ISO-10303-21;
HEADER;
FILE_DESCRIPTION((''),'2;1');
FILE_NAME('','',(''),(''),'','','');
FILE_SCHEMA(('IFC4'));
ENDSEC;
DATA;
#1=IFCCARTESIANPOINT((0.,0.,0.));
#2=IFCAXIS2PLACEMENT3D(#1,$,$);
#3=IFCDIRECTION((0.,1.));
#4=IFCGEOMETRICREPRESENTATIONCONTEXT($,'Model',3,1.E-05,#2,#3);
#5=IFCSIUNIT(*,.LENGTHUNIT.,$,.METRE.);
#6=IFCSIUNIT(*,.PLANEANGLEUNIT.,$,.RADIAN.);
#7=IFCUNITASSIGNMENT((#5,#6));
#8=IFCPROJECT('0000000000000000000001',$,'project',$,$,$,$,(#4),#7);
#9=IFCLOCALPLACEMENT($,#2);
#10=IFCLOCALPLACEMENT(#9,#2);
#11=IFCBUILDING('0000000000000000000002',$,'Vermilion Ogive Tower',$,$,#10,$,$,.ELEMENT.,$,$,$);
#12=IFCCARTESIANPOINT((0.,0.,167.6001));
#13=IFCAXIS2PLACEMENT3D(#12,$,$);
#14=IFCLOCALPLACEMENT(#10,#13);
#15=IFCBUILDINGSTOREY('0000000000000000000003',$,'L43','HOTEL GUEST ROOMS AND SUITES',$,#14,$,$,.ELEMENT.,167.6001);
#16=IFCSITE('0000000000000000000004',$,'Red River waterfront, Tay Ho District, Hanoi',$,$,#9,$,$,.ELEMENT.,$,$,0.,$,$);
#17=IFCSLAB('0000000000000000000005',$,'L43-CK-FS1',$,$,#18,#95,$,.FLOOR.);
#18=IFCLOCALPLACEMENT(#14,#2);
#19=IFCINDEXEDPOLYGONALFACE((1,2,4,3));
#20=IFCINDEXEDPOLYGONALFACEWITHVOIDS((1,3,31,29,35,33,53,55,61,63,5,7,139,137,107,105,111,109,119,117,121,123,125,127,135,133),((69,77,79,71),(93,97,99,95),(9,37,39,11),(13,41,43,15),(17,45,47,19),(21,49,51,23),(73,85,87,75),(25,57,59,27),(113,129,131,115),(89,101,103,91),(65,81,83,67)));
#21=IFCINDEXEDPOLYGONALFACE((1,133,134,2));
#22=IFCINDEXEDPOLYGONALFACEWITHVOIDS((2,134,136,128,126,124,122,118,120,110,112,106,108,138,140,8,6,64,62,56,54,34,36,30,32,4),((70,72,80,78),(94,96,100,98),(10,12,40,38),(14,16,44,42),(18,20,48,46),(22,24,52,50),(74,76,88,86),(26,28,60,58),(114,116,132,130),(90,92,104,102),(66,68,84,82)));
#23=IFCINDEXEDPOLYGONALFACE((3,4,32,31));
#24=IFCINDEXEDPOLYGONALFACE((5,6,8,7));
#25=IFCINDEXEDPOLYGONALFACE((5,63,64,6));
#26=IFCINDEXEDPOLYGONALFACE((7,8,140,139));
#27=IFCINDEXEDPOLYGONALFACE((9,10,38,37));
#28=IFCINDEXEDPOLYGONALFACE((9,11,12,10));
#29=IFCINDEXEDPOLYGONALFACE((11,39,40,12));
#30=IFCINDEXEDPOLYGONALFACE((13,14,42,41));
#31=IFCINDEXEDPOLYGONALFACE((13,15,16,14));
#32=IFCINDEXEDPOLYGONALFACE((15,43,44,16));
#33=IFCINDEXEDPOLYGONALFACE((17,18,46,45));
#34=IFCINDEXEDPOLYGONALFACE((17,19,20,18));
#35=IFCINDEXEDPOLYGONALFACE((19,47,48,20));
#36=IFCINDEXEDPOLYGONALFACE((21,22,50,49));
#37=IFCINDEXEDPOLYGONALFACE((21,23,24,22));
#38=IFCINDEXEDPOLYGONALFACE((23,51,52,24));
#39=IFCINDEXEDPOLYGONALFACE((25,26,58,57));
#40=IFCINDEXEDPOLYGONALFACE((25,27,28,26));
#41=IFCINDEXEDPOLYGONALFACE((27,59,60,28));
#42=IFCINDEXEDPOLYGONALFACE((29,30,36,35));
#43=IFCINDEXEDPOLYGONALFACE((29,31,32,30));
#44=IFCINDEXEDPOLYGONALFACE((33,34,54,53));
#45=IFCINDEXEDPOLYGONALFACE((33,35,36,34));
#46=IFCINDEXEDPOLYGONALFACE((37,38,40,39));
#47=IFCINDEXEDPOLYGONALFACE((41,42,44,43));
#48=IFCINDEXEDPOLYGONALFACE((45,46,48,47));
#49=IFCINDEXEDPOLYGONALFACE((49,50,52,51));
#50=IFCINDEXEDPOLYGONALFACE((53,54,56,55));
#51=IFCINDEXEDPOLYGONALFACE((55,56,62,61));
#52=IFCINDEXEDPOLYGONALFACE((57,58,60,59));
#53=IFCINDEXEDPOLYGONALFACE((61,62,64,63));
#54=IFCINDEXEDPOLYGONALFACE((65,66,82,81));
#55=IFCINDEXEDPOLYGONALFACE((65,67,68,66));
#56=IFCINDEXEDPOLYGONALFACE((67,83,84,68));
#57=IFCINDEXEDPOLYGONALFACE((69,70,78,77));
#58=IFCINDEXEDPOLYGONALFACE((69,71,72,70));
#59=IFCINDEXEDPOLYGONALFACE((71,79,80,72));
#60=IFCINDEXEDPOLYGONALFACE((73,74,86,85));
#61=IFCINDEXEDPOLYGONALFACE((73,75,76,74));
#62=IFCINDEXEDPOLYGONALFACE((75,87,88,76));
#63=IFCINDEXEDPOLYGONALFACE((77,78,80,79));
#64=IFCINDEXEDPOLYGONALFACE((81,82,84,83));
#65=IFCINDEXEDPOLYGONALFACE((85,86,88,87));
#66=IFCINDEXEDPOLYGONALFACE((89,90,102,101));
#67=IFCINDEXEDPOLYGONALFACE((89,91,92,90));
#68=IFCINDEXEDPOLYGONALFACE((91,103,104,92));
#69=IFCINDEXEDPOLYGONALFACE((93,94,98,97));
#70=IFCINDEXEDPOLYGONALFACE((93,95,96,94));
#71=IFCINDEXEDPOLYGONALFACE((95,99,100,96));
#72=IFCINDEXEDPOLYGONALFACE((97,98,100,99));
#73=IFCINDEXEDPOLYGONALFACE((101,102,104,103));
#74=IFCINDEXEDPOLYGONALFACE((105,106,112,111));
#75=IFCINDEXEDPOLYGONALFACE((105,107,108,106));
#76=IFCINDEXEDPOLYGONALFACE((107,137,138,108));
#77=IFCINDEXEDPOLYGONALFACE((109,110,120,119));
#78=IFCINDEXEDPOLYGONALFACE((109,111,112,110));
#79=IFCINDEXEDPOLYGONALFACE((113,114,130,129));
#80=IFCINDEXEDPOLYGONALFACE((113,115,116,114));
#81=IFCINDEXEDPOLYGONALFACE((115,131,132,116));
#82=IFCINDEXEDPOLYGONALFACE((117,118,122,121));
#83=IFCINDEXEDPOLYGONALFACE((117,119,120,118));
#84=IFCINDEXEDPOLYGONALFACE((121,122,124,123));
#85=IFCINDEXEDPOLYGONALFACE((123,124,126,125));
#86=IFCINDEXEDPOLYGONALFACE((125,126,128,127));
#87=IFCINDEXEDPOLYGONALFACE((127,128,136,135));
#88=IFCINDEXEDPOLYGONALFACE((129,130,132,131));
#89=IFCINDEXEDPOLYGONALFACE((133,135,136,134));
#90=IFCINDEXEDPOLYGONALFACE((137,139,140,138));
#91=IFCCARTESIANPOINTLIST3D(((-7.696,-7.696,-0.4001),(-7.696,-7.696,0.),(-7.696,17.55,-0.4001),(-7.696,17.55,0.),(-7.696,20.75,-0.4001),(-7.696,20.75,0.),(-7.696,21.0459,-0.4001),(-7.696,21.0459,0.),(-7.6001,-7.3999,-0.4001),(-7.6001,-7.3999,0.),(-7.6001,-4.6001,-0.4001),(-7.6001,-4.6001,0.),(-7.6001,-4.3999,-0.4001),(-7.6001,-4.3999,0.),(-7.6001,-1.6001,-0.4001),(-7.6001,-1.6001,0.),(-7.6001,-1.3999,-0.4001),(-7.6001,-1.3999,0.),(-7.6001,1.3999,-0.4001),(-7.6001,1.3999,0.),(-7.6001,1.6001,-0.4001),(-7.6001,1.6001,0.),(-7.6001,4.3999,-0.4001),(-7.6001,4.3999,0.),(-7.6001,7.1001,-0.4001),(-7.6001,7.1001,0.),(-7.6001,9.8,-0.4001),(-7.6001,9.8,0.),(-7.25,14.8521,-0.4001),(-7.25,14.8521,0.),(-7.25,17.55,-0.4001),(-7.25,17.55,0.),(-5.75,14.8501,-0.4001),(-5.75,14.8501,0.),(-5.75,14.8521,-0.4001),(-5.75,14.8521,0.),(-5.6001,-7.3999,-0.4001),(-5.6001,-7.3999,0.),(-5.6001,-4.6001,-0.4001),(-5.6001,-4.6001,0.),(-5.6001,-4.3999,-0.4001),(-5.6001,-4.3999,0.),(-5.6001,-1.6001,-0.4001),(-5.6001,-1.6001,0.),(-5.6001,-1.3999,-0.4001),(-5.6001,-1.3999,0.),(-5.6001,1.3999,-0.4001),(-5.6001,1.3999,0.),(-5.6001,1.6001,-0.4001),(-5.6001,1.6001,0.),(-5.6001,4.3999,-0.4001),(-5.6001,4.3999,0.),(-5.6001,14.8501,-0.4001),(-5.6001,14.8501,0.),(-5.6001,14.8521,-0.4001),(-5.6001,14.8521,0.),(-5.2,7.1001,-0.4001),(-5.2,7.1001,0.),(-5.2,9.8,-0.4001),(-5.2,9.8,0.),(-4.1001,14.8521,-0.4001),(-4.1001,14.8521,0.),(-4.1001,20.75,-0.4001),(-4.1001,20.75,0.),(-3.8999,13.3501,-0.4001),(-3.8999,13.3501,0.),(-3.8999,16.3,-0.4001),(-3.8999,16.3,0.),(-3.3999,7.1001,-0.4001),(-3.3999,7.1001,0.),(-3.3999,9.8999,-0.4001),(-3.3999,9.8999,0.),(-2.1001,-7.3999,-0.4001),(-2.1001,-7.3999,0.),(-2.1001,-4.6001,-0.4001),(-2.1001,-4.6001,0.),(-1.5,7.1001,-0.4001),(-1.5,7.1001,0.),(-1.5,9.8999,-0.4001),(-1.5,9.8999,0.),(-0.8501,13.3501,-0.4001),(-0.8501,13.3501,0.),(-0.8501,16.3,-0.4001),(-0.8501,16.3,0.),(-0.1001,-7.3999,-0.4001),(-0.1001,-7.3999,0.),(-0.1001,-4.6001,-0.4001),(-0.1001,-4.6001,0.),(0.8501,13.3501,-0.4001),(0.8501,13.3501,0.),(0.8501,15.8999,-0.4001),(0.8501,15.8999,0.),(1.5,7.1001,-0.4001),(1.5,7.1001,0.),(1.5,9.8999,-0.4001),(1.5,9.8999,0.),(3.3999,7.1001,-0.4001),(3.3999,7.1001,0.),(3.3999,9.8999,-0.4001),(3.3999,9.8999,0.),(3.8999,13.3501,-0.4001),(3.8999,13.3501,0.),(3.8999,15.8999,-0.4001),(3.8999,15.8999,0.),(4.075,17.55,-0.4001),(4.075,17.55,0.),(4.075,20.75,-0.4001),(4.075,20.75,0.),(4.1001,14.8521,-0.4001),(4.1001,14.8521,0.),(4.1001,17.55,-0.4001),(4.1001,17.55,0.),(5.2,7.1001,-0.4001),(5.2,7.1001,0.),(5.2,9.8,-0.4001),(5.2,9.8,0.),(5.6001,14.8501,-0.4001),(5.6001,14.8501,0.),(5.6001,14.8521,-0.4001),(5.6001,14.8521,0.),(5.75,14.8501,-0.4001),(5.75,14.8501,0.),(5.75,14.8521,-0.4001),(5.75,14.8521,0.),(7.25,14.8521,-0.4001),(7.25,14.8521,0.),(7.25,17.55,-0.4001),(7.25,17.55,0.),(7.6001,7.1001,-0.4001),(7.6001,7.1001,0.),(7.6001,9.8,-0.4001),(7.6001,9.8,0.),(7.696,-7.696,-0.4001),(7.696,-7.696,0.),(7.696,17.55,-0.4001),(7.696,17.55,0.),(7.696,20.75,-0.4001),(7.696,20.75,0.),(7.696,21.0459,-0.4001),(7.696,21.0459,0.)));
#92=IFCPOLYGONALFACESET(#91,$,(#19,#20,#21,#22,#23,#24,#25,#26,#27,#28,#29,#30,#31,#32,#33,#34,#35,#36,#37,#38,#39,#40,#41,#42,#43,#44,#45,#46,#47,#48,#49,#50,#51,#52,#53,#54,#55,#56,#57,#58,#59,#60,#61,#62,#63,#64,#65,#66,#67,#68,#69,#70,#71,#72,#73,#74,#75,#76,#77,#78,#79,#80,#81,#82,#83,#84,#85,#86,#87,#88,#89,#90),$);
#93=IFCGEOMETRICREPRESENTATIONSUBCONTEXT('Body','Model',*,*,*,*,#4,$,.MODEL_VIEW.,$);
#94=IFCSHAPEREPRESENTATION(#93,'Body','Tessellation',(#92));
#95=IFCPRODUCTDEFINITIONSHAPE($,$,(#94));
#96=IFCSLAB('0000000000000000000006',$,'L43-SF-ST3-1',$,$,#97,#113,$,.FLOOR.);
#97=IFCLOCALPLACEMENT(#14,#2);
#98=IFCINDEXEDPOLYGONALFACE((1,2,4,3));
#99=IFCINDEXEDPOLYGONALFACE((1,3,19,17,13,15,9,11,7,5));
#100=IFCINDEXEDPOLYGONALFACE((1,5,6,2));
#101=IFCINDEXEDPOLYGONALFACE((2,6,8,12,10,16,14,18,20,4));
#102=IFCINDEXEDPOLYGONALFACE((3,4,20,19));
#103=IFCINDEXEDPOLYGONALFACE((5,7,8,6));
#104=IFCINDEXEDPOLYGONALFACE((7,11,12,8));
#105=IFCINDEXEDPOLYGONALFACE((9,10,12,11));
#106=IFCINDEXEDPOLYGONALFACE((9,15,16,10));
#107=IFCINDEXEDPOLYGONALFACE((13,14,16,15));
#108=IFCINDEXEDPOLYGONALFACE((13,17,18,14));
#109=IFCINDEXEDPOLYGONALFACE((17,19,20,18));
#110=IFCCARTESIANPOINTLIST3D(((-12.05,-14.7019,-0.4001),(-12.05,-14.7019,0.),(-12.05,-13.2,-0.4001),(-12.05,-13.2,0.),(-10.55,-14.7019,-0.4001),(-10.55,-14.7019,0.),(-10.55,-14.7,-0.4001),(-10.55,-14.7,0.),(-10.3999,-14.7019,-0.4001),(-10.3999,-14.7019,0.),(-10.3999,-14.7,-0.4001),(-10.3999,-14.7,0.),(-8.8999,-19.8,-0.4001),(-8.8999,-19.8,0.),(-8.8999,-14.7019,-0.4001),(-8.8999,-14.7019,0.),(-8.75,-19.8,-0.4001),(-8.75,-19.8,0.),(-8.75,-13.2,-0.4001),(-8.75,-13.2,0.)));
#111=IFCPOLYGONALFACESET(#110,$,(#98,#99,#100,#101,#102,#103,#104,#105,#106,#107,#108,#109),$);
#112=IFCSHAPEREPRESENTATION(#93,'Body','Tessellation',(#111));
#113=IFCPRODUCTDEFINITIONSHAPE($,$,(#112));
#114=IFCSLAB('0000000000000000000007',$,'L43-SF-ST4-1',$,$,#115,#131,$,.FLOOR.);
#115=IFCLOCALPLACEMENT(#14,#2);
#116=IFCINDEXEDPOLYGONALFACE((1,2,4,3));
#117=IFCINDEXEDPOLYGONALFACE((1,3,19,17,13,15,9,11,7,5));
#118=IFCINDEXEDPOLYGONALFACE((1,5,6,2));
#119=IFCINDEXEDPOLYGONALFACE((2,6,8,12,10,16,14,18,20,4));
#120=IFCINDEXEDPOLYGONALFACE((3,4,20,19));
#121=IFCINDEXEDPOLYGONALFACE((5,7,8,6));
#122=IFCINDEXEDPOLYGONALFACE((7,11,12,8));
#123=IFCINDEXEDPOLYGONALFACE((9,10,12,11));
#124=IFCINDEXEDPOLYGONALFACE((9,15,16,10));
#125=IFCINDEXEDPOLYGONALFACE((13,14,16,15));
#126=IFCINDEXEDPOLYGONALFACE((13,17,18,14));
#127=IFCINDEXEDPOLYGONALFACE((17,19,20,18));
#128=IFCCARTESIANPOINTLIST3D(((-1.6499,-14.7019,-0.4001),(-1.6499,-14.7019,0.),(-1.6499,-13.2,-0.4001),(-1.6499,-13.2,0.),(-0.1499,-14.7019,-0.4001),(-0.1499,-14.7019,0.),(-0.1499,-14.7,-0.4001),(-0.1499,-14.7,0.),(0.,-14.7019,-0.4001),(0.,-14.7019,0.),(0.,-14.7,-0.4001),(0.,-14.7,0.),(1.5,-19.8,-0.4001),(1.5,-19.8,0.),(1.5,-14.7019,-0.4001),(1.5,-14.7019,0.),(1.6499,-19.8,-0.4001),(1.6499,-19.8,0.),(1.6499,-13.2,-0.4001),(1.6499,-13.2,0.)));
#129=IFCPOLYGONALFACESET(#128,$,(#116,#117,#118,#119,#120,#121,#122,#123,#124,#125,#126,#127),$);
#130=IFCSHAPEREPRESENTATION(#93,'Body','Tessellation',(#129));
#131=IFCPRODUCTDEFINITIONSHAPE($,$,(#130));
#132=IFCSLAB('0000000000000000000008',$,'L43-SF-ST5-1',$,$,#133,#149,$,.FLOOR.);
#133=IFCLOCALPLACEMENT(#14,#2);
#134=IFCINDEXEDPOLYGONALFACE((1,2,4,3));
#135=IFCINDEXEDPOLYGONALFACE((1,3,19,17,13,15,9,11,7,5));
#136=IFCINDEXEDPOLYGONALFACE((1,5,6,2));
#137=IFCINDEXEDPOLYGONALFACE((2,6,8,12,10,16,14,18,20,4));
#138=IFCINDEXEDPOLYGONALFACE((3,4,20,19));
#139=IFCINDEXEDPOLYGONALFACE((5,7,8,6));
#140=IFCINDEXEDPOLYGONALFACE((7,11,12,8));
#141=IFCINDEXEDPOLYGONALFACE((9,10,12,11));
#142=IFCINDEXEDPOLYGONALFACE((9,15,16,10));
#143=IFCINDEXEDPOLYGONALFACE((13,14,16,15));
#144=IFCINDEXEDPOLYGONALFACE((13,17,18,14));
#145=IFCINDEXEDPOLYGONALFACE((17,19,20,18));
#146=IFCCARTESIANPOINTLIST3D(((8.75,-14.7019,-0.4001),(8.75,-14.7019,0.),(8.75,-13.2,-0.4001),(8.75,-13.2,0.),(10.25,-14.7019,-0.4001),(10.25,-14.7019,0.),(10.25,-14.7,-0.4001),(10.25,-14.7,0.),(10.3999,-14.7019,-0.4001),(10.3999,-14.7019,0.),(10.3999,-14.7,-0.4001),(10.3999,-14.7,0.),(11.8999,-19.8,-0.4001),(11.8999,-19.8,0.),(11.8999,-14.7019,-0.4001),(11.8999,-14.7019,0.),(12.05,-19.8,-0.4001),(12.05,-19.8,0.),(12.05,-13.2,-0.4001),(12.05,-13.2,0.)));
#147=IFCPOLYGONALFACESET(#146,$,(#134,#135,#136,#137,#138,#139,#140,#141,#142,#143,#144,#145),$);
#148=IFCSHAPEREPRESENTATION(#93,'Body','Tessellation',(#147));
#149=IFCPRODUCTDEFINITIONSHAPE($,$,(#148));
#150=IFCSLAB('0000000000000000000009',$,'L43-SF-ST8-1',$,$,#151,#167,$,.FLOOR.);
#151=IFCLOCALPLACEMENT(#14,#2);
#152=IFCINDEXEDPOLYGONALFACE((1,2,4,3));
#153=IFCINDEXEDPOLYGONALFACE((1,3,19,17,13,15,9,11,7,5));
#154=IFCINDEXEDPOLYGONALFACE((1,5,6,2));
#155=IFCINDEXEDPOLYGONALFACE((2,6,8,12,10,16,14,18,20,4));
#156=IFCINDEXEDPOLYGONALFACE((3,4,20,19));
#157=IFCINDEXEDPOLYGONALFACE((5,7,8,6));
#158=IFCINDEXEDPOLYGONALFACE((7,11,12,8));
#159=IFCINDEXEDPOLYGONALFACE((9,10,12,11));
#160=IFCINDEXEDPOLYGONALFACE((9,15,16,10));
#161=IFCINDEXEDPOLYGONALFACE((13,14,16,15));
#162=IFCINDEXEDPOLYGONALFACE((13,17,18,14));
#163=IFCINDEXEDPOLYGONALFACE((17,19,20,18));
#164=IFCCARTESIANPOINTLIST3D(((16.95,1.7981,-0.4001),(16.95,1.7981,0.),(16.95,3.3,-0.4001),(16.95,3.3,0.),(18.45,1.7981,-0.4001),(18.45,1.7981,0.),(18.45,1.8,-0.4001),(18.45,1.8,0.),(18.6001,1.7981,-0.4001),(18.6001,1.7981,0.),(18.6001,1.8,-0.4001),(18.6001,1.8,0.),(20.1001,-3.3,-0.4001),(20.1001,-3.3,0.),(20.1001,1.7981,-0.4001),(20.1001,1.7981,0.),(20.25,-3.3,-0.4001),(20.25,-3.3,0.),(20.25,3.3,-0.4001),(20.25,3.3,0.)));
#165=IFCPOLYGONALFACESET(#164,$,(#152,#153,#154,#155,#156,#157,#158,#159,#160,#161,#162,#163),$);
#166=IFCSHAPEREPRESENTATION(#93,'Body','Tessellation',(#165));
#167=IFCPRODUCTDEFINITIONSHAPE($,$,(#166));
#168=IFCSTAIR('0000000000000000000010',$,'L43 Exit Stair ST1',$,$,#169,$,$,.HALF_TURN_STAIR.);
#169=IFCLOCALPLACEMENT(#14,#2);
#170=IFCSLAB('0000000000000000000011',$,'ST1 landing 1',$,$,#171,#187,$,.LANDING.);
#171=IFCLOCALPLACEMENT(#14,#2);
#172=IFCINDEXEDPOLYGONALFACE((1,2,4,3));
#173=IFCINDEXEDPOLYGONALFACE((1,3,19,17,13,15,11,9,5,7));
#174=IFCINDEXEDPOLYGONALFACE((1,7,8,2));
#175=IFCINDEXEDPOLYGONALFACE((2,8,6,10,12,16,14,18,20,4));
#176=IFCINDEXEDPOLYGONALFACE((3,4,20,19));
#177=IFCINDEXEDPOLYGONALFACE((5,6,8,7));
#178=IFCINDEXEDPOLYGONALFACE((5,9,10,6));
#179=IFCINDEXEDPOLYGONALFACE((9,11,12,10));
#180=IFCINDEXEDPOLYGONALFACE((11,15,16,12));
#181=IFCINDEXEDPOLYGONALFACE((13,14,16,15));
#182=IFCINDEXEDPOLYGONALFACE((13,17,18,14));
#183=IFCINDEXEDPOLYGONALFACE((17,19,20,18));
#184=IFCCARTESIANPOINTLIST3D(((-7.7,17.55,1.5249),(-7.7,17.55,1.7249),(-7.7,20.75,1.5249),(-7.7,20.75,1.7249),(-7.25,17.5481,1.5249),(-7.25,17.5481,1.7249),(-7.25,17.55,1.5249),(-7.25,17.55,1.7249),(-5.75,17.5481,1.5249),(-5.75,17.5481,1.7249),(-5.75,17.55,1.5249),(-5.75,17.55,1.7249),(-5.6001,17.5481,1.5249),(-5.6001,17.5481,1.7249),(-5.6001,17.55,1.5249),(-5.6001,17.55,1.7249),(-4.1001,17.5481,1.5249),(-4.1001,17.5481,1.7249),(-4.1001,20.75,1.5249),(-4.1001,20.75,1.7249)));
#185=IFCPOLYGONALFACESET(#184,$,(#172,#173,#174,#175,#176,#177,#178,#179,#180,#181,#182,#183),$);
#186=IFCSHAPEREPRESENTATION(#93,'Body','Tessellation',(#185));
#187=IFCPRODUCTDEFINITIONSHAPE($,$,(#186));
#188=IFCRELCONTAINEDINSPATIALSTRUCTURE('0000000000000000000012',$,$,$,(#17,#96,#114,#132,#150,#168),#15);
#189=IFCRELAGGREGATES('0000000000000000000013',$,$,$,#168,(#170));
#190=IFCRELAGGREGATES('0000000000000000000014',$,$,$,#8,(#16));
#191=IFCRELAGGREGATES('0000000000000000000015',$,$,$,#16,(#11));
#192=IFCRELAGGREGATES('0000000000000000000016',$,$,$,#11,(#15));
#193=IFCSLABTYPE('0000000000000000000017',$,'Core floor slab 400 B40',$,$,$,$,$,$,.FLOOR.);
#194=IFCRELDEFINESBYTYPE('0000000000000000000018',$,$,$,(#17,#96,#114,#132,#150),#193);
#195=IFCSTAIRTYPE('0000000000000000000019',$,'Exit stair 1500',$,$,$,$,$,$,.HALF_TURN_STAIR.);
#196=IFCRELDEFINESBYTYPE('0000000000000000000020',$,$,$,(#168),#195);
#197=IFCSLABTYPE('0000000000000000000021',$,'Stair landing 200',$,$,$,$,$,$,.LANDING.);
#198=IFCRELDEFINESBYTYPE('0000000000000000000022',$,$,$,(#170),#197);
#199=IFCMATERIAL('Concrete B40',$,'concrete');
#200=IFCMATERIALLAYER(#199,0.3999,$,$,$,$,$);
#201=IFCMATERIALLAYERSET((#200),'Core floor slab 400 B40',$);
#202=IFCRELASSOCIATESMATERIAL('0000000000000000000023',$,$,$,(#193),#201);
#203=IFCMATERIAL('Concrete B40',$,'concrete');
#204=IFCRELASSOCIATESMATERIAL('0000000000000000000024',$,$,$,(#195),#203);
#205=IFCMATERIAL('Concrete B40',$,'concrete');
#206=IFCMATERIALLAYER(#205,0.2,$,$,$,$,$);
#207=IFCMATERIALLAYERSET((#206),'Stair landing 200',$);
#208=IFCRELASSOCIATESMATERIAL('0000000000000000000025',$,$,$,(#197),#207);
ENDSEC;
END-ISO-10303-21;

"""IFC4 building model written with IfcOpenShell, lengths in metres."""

from ifc_helpers import new_model, si_unit, direction, frame, origin, place, context, subcontext, project, spatial, polyline, outline, extrude, material, layer, layer_set, type_object, element, aggregate, save


model = new_model("IFC4")

# Units and contexts
model_context = context("Model", 3, precision=1e-05, world=origin(), true_north=direction((0.0, 1.0)))
body_context = subcontext(model_context, "Body", "Model", "MODEL_VIEW")
ifc_project = project(units=[si_unit("LENGTHUNIT", "METRE"), si_unit("PLANEANGLEUNIT", "RADIAN")], contexts=[model_context])

# Site, building, storey
site_placement = place(None, origin())
site = spatial("IfcSite", under=ifc_project, at=site_placement, Name="Red River waterfront, Tay Ho District, Hanoi", CompositionType="ELEMENT", RefElevation=0.0)
building_placement = place(site_placement, origin())
building = spatial("IfcBuilding", under=site, at=building_placement, Name="Vermilion Ogive Tower", CompositionType="ELEMENT")
storey_placement = place(building_placement, frame((0.0, 0.0, 167.6001)))
storey = spatial("IfcBuildingStorey", under=building, at=storey_placement, Name="L43", Description="HOTEL GUEST ROOMS AND SUITES", CompositionType="ELEMENT", Elevation=167.6001)

# Slabs
ifc_material_1 = material(Name="Concrete B40", Category="concrete")
ifc_layer_1 = layer(ifc_material_1, 0.3999)
ifc_layer_set_1 = layer_set([ifc_layer_1], Name="Core floor slab 400 B40")
slab_type_1 = type_object("IfcSlabType", Name="Core floor slab 400 B40", PredefinedType="FLOOR", material=ifc_layer_set_1)
slab_1_placement = place(storey_placement, frame((0.0, 0.0, -0.4001)))
element("IfcSlab", 1, at=slab_1_placement, inside=storey, type_object=slab_type_1, Name="L43-CK-FS1", PredefinedType="FLOOR", context=body_context, shape_type="SweptSolid", body=[
    extrude(outline(polyline([(5.75, 14.8501), (5.6001, 14.8501), (5.6001, 14.8521), (4.1001, 14.8521), (4.1001, 17.55), (4.075, 17.55), (4.075, 20.75), (7.696, 20.75), (7.696, 21.0459), (-7.696, 21.0459), (-7.696, 20.75), (-4.1001, 20.75), (-4.1001, 14.8521), (-5.6001, 14.8521), (-5.6001, 14.8501), (-5.75, 14.8501), (-5.75, 14.8521), (-7.25, 14.8521), (-7.25, 17.55), (-7.696, 17.55), (-7.696, -7.696), (7.696, -7.696), (7.696, 17.55), (7.25, 17.55), (7.25, 14.8521), (5.75, 14.8521), (5.75, 14.8501)]), holes=[polyline([(-7.6001, -7.3999), (-7.6001, -4.6001), (-5.6001, -4.6001), (-5.6001, -7.3999), (-7.6001, -7.3999)]), polyline([(-7.6001, -4.3999), (-7.6001, -1.6001), (-5.6001, -1.6001), (-5.6001, -4.3999), (-7.6001, -4.3999)]), polyline([(-7.6001, -1.3999), (-7.6001, 1.3999), (-5.6001, 1.3999), (-5.6001, -1.3999), (-7.6001, -1.3999)]), polyline([(-7.6001, 1.6001), (-7.6001, 4.3999), (-5.6001, 4.3999), (-5.6001, 1.6001), (-7.6001, 1.6001)]), polyline([(-7.6001, 7.1001), (-7.6001, 9.8), (-5.2, 9.8), (-5.2, 7.1001), (-7.6001, 7.1001)]), polyline([(-3.3999, 9.8999), (-1.5, 9.8999), (-1.5, 7.1001), (-3.3999, 7.1001), (-3.3999, 9.8999)]), polyline([(-2.1001, -7.3999), (-2.1001, -4.6001), (-0.1001, -4.6001), (-0.1001, -7.3999), (-2.1001, -7.3999)]), polyline([(5.2, 7.1001), (5.2, 9.8), (7.6001, 9.8), (7.6001, 7.1001), (5.2, 7.1001)]), polyline([(1.5, 7.1001), (1.5, 9.8999), (3.3999, 9.8999), (3.3999, 7.1001), (1.5, 7.1001)]), polyline([(0.8501, 13.3501), (0.8501, 15.8999), (3.8999, 15.8999), (3.8999, 13.3501), (0.8501, 13.3501)]), polyline([(-3.8999, 16.3), (-0.8501, 16.3), (-0.8501, 13.3501), (-3.8999, 13.3501), (-3.8999, 16.3)])]), origin(), (0.0, 0.0, 1.0), 0.4001),
])
slab_2_placement = place(storey_placement, frame((0.0, 0.0, -0.4001)))
element("IfcSlab", 2, at=slab_2_placement, inside=storey, type_object=slab_type_1, Name="L43-SF-ST3-1", PredefinedType="FLOOR", context=body_context, shape_type="SweptSolid", body=[
    extrude(outline(polyline([(-12.05, -13.2), (-12.05, -14.7019), (-10.55, -14.7019), (-10.55, -14.7), (-10.3999, -14.7), (-10.3999, -14.7019), (-8.8999, -14.7019), (-8.8999, -19.8), (-8.75, -19.8), (-8.75, -13.2), (-12.05, -13.2)])), origin(), (0.0, 0.0, 1.0), 0.4001),
])
slab_3_placement = place(storey_placement, frame((0.0, 0.0, -0.4001)))
element("IfcSlab", 3, at=slab_3_placement, inside=storey, type_object=slab_type_1, Name="L43-SF-ST4-1", PredefinedType="FLOOR", context=body_context, shape_type="SweptSolid", body=[
    extrude(outline(polyline([(-1.6499, -13.2), (-1.6499, -14.7019), (-0.1499, -14.7019), (-0.1499, -14.7), (0.0, -14.7), (0.0, -14.7019), (1.5, -14.7019), (1.5, -19.8), (1.6499, -19.8), (1.6499, -13.2), (-1.6499, -13.2)])), origin(), (0.0, 0.0, 1.0), 0.4001),
])
slab_4_placement = place(storey_placement, frame((0.0, 0.0, -0.4001)))
element("IfcSlab", 4, at=slab_4_placement, inside=storey, type_object=slab_type_1, Name="L43-SF-ST5-1", PredefinedType="FLOOR", context=body_context, shape_type="SweptSolid", body=[
    extrude(outline(polyline([(8.75, -13.2), (8.75, -14.7019), (10.25, -14.7019), (10.25, -14.7), (10.3999, -14.7), (10.3999, -14.7019), (11.8999, -14.7019), (11.8999, -19.8), (12.05, -19.8), (12.05, -13.2), (8.75, -13.2)])), origin(), (0.0, 0.0, 1.0), 0.4001),
])
slab_5_placement = place(storey_placement, frame((0.0, 0.0, -0.4001)))
element("IfcSlab", 5, at=slab_5_placement, inside=storey, type_object=slab_type_1, Name="L43-SF-ST8-1", PredefinedType="FLOOR", context=body_context, shape_type="SweptSolid", body=[
    extrude(outline(polyline([(16.95, 3.3), (16.95, 1.7981), (18.45, 1.7981), (18.45, 1.8), (18.6001, 1.8), (18.6001, 1.7981), (20.1001, 1.7981), (20.1001, -3.3), (20.25, -3.3), (20.25, 3.3), (16.95, 3.3)])), origin(), (0.0, 0.0, 1.0), 0.4001),
])

# Stair, slab
ifc_material_2 = material(Name="Concrete B40", Category="concrete")
stair_type = type_object("IfcStairType", Name="Exit stair 1500", PredefinedType="HALF_TURN_STAIR", material=ifc_material_2)
stair_1_placement = place(storey_placement, origin())
stair_1 = element("IfcStair", 6, at=stair_1_placement, inside=storey, type_object=stair_type, Name="L43 Exit Stair ST1", PredefinedType="HALF_TURN_STAIR")
ifc_material_3 = material(Name="Concrete B40", Category="concrete")
ifc_layer_2 = layer(ifc_material_3, 0.2)
ifc_layer_set_2 = layer_set([ifc_layer_2], Name="Stair landing 200")
slab_type_2 = type_object("IfcSlabType", Name="Stair landing 200", PredefinedType="LANDING", material=ifc_layer_set_2)
slab_6_placement = place(storey_placement, frame((0.0, 0.0, 1.5249)))
slab_6 = element("IfcSlab", 7, at=slab_6_placement, type_object=slab_type_2, Name="ST1 landing 1", PredefinedType="LANDING", context=body_context, shape_type="SweptSolid", body=[
    extrude(outline(polyline([(-7.7, 17.55), (-7.25, 17.55), (-7.25, 17.5481), (-5.75, 17.5481), (-5.75, 17.55), (-5.6001, 17.55), (-5.6001, 17.5481), (-4.1001, 17.5481), (-4.1001, 20.75), (-7.7, 20.75), (-7.7, 17.55)])), origin(), (0.0, 0.0, 1.0), 0.2),
])
aggregate(stair_1, [slab_6])

save(model, "model.ifc")
